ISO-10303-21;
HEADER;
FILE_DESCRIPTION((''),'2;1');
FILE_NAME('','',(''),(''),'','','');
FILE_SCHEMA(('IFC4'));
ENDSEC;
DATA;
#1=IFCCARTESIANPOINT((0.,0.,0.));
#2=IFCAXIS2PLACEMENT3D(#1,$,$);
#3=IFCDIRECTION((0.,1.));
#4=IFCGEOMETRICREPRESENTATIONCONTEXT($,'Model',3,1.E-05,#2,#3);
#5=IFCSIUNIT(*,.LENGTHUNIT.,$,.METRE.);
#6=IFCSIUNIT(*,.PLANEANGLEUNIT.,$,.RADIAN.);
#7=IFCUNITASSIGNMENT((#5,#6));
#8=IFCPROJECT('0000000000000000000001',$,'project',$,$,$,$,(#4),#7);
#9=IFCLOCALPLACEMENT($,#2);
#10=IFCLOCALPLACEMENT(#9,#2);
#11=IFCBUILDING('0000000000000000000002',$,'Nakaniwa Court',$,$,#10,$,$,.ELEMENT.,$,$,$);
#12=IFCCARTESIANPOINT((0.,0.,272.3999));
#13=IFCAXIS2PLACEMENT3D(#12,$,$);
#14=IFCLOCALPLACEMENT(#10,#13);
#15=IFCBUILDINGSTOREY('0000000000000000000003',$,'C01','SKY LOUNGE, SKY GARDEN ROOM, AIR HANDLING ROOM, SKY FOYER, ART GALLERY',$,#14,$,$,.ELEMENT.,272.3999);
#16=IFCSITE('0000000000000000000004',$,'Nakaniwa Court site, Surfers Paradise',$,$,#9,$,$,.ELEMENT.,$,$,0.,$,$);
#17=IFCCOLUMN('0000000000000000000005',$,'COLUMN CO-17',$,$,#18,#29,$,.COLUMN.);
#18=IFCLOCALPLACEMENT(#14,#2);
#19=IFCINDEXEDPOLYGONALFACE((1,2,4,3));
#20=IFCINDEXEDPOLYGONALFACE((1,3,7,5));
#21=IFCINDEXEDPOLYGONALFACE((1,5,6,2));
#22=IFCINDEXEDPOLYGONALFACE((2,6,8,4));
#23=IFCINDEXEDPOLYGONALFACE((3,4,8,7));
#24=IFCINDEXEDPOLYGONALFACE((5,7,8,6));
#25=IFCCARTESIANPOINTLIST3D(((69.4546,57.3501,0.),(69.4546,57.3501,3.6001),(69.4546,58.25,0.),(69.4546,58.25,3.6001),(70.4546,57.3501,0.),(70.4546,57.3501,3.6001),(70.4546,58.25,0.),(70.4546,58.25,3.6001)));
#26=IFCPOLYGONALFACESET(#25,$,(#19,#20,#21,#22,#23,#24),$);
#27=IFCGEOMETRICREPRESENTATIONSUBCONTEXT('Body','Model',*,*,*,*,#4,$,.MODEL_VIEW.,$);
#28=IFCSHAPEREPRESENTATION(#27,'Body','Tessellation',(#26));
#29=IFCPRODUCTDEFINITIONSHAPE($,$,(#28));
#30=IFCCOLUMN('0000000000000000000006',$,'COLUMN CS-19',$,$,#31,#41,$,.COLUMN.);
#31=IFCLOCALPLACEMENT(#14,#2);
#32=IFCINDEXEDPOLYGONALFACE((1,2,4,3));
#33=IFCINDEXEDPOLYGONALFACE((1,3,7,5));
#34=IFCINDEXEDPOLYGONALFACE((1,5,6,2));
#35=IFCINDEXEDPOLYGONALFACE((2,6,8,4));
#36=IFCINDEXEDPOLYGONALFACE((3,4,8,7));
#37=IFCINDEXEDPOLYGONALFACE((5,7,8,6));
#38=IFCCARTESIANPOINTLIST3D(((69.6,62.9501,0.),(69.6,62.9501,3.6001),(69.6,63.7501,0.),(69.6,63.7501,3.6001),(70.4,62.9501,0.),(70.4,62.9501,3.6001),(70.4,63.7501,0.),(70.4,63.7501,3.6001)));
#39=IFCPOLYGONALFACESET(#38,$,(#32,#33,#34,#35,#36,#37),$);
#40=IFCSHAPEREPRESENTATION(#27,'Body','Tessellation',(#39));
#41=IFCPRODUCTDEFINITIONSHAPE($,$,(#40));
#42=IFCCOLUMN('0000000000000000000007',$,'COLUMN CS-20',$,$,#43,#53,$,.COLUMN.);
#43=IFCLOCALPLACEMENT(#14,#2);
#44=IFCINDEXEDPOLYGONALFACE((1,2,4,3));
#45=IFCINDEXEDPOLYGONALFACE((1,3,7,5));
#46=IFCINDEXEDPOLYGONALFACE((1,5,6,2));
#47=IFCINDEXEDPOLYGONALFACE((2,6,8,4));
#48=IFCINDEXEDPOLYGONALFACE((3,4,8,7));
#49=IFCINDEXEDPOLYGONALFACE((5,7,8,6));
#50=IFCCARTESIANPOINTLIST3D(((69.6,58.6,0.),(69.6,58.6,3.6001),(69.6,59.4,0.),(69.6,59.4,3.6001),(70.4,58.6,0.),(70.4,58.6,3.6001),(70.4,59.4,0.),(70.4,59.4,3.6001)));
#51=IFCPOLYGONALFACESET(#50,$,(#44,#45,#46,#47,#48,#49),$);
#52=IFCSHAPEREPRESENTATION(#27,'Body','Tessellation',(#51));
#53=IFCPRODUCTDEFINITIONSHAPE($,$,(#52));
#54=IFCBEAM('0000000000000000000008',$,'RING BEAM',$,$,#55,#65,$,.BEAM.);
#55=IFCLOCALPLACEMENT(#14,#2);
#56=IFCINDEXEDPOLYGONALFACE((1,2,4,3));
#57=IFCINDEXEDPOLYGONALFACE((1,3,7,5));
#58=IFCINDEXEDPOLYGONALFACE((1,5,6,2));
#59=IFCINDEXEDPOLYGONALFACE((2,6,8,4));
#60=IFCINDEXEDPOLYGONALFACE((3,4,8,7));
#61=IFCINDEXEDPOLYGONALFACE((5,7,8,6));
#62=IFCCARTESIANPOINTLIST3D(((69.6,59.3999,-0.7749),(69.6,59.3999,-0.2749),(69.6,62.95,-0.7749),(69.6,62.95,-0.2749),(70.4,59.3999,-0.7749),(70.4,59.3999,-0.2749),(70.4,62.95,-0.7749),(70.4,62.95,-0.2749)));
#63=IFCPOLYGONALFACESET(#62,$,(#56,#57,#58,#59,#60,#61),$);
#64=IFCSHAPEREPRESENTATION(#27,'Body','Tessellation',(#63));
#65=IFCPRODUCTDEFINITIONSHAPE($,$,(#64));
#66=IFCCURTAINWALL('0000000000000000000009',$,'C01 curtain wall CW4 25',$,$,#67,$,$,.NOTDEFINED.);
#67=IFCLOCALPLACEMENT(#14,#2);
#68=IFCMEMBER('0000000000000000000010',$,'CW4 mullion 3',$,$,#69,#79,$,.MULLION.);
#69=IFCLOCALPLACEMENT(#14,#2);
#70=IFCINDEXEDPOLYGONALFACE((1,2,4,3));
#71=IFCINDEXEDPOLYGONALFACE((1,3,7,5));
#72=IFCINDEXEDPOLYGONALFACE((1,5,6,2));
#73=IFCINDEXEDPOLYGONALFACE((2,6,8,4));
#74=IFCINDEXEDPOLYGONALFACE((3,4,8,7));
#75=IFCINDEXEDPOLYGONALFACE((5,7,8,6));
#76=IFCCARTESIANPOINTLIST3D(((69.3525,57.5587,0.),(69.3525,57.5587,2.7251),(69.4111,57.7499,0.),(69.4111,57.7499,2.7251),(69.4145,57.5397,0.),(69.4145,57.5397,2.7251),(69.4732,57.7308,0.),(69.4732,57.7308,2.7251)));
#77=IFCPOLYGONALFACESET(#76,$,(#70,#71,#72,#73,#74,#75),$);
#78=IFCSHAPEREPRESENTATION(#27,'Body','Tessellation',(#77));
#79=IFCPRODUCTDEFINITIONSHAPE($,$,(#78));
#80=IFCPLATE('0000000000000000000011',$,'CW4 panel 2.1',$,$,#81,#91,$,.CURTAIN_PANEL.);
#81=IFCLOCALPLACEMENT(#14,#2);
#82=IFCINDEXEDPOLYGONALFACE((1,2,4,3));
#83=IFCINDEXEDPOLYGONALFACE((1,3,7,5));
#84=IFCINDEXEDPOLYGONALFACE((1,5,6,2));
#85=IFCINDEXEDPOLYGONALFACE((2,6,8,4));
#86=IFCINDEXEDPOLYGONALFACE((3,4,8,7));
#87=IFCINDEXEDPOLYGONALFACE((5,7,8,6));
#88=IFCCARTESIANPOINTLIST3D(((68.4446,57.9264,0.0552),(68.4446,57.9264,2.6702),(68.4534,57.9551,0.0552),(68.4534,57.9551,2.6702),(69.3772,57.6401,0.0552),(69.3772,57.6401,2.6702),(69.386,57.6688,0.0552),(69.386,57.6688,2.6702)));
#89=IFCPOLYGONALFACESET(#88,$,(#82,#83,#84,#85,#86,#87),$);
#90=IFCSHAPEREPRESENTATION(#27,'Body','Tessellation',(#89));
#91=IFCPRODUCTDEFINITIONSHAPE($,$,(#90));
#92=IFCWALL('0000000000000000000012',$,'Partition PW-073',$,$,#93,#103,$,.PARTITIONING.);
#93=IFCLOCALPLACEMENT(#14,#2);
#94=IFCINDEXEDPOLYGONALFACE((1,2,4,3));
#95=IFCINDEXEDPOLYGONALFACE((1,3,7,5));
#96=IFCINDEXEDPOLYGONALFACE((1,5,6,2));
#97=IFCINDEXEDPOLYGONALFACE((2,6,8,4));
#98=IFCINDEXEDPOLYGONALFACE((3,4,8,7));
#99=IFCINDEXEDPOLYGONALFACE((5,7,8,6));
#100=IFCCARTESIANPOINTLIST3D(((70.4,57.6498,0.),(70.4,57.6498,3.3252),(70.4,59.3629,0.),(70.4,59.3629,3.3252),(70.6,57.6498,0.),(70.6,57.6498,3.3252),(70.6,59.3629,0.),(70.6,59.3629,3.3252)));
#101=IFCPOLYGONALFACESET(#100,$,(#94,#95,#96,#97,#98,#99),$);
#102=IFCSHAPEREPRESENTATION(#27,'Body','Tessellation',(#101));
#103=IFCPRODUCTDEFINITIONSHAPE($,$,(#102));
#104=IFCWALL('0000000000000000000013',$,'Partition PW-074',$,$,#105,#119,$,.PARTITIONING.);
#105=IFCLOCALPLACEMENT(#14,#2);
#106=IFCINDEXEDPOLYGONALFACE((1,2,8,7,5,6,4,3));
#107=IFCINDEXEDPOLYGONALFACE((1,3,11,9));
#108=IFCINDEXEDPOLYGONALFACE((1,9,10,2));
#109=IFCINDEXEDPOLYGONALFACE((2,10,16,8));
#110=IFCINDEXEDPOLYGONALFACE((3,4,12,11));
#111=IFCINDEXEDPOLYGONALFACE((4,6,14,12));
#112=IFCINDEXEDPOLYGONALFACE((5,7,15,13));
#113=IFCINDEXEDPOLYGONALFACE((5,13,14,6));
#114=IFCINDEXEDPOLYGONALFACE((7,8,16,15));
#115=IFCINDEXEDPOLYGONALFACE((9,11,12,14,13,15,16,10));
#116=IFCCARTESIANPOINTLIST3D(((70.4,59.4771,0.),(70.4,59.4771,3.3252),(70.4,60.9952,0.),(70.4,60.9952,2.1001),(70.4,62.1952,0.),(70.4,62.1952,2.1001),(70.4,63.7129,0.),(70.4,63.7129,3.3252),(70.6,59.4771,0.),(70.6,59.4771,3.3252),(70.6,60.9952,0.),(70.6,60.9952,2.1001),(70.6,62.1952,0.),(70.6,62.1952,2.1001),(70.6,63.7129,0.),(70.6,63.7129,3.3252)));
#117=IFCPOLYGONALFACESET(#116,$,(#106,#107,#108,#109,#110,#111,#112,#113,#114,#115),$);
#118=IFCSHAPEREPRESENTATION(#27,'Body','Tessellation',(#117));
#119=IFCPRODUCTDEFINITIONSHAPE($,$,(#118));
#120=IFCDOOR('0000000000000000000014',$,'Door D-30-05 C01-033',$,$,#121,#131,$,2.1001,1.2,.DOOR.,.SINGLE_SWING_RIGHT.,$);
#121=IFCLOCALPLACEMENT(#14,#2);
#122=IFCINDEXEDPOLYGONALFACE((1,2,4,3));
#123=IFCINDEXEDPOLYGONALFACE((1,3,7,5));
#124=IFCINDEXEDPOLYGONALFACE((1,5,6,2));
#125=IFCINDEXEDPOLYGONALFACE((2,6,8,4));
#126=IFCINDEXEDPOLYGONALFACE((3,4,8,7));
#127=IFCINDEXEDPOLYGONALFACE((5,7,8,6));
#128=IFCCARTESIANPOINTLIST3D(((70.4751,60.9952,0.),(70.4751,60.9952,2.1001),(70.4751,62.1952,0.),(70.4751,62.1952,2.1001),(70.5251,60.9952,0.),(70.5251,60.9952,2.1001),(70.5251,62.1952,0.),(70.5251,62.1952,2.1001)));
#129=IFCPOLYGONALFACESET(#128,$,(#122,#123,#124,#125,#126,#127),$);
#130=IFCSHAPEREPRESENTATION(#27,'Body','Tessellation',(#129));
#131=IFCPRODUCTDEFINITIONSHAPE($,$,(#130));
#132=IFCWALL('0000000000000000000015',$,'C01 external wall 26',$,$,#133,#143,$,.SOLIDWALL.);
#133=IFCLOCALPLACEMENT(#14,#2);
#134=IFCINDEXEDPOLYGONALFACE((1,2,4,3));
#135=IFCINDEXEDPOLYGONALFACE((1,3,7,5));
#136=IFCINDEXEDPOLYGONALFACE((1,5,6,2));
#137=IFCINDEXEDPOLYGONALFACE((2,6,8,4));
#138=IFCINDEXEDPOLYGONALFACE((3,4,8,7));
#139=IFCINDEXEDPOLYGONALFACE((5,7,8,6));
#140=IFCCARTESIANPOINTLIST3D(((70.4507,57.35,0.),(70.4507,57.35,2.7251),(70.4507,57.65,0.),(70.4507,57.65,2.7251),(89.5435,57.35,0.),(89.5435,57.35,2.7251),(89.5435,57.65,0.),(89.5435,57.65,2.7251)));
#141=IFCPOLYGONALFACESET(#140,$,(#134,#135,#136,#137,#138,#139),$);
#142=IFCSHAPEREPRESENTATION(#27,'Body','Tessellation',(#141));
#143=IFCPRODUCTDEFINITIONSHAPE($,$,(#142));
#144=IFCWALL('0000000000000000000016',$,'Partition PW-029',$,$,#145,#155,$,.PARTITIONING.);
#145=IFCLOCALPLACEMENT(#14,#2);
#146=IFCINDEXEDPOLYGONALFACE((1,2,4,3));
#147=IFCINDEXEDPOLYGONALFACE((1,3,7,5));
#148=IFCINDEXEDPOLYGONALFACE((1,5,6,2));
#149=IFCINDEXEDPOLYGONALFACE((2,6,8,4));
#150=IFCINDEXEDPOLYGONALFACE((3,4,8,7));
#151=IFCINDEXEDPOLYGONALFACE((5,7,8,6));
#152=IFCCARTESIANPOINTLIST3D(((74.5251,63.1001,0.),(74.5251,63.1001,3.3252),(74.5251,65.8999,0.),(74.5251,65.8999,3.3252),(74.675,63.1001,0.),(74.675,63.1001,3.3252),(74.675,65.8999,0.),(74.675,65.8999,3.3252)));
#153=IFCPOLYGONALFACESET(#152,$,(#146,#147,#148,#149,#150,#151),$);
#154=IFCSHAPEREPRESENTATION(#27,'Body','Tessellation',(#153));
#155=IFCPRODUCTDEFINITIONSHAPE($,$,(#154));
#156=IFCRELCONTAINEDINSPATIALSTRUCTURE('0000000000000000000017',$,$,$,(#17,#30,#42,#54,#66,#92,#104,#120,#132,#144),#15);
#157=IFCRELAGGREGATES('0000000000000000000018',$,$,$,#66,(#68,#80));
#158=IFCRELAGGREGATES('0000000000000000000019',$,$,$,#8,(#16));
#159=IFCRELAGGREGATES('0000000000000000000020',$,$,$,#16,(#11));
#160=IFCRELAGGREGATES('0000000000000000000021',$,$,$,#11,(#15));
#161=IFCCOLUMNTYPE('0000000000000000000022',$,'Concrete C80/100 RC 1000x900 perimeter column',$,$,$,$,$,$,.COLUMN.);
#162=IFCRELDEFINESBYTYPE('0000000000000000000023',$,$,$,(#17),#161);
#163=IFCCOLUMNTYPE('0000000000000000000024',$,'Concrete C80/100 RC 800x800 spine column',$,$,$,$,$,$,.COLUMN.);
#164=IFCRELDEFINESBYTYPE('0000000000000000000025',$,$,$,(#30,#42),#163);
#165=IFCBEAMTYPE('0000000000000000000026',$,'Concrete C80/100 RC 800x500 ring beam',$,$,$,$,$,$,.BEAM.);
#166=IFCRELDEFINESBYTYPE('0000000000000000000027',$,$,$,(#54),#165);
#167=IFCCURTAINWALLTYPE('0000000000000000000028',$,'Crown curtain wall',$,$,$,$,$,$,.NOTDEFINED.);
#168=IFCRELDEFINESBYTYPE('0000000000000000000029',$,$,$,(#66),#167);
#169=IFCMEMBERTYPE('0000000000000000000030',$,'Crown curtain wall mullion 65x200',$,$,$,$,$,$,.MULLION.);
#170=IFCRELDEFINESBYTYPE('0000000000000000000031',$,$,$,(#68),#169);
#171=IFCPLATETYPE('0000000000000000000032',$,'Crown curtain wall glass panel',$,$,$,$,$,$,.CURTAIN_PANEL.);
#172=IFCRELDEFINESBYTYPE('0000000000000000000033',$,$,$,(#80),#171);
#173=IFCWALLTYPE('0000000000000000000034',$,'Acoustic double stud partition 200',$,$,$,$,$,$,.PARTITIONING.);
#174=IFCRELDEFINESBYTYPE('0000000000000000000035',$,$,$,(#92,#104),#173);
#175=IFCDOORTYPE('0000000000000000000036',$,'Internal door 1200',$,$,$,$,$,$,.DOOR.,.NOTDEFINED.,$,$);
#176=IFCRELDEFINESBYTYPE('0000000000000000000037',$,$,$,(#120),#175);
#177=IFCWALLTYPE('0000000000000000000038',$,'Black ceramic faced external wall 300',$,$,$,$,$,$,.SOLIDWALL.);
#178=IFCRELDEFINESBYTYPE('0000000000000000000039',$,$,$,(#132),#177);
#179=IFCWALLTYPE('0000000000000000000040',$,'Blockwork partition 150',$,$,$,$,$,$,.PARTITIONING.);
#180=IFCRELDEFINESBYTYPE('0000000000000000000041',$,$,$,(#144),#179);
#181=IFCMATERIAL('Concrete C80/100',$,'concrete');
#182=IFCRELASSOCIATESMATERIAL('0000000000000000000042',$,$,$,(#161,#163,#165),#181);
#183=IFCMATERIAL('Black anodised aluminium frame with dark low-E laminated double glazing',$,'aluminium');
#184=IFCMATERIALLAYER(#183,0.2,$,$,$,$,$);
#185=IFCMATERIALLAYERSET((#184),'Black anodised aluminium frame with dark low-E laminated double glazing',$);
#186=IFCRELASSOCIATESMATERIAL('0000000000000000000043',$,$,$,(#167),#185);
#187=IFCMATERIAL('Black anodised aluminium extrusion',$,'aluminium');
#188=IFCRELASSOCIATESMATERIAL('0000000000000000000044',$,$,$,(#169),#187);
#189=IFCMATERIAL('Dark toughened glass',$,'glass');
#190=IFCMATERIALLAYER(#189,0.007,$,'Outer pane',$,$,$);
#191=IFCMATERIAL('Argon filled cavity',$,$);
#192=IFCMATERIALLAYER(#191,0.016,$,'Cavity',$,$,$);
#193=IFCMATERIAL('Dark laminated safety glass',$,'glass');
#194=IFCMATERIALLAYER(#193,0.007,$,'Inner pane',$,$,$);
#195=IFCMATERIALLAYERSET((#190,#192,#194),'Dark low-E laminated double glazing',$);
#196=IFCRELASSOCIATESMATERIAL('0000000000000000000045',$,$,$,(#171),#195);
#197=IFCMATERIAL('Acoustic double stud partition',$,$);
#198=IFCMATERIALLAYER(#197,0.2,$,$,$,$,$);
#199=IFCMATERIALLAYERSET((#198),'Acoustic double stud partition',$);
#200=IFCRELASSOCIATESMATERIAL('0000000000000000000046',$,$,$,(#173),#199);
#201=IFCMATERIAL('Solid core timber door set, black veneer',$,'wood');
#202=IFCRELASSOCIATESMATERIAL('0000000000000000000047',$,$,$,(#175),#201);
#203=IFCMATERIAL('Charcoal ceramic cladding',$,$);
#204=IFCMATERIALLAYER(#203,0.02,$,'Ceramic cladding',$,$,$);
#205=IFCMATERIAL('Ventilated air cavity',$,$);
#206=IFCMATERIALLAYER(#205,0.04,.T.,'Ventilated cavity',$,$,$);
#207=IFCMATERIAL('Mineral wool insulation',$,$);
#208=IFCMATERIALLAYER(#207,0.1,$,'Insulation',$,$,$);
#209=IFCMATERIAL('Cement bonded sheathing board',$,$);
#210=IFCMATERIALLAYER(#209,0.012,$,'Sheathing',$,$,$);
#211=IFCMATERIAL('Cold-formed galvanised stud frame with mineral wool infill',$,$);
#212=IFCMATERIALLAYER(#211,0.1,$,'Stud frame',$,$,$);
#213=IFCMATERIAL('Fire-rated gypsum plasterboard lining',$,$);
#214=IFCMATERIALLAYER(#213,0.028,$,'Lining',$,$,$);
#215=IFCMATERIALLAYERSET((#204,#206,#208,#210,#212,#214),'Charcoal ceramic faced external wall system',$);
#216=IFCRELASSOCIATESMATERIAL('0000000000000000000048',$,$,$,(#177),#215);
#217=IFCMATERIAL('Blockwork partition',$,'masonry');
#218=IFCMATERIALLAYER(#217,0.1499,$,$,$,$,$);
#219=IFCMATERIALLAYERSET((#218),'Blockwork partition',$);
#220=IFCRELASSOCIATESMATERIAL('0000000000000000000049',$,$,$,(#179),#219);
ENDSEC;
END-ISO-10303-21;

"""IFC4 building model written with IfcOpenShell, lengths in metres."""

from ifc_helpers import new_model, si_unit, direction, frame, frame_2d, origin, origin_2d, place, context, subcontext, project, spatial, rectangle, extrude, material, layer, layer_set, material_profile, profile_set, type_object, element, fill, aggregate, save


model = new_model("IFC4")

# Units and contexts
model_context = context("Model", 3, precision=1e-05, world=origin(), true_north=direction((0.0, 1.0)))
body_context = subcontext(model_context, "Body", "Model", "MODEL_VIEW")
ifc_project = project(units=[si_unit("LENGTHUNIT", "METRE"), si_unit("PLANEANGLEUNIT", "RADIAN")], contexts=[model_context])

# Site, building, storey
site_placement = place(None, origin())
site = spatial("IfcSite", under=ifc_project, at=site_placement, Name="Nakaniwa Court site, Surfers Paradise", CompositionType="ELEMENT", RefElevation=0.0)
building_placement = place(site_placement, origin())
building = spatial("IfcBuilding", under=site, at=building_placement, Name="Nakaniwa Court", CompositionType="ELEMENT")
storey_placement = place(building_placement, frame((0.0, 0.0, 272.3999)))
storey = spatial("IfcBuildingStorey", under=building, at=storey_placement, Name="C01", Description="SKY LOUNGE, SKY GARDEN ROOM, AIR HANDLING ROOM, SKY FOYER, ART GALLERY", CompositionType="ELEMENT", Elevation=272.3999)

# Columns
ifc_material_1 = material(Name="Concrete C80/100", Category="concrete")
ifc_material_profile_1 = material_profile(ifc_material_1, rectangle(XDim=1.0, YDim=0.8999, at=origin_2d()), Name="Concrete C80/100 RC 1000x900 perimeter column")
ifc_profile_set_1 = profile_set([ifc_material_profile_1], Name="Concrete C80/100")
column_type_1 = type_object("IfcColumnType", Name="Concrete C80/100 RC 1000x900 perimeter column", PredefinedType="COLUMN", material=ifc_profile_set_1)
column_placement = place(storey_placement, frame((69.9546, 57.8, 0.0), z_axis=(0.0, 0.0, 1.0), x_axis=(1.0, 0.0, 0.0)))
element("IfcColumn", 1, at=column_placement, inside=storey, type_object=column_type_1, Name="COLUMN CO-17", PredefinedType="COLUMN", context=body_context, shape_type="SweptSolid", body=[
    extrude(rectangle(XDim=1.0, YDim=0.8999, at=origin_2d()), origin(), (0.0, 0.0, 1.0), 3.6001),
])
ifc_material_profile_2 = material_profile(ifc_material_1, rectangle(XDim=0.8, YDim=0.8, at=origin_2d()), Name="Concrete C80/100 RC 800x800 spine column")
ifc_profile_set_2 = profile_set([ifc_material_profile_2], Name="Concrete C80/100")
column_type_2 = type_object("IfcColumnType", Name="Concrete C80/100 RC 800x800 spine column", PredefinedType="COLUMN", material=ifc_profile_set_2)
for number, where, z_axis, x_axis, name in (
    (2, (70.0, 63.3501, 0.0), (0.0, 0.0, 1.0), (0.0, -1.0, 0.0), "COLUMN CS-19"),
    (3, (70.0, 59.0, 0.0), (0.0, 0.0, 1.0), (0.0, -1.0, 0.0), "COLUMN CS-20"),
):
    element("IfcColumn", number, at=place(storey_placement, frame(where, z_axis=z_axis, x_axis=x_axis)), inside=storey, type_object=column_type_2, Name=name, PredefinedType="COLUMN", context=body_context, shape_type="SweptSolid", body=[
        extrude(rectangle(XDim=0.8, YDim=0.8, at=origin_2d()), origin(), (0.0, 0.0, 1.0), 3.6001),
    ])

# Beam
ifc_material_profile_3 = material_profile(ifc_material_1, rectangle(XDim=0.8, YDim=0.5, at=origin_2d()), Name="Concrete C80/100 RC 800x500 ring beam")
ifc_profile_set_3 = profile_set([ifc_material_profile_3], Name="Concrete C80/100")
beam_type = type_object("IfcBeamType", Name="Concrete C80/100 RC 800x500 ring beam", PredefinedType="BEAM", material=ifc_profile_set_3)
beam_placement = place(storey_placement, frame((70.0, 62.95, -0.5249), z_axis=(0.0, -1.0, 0.0), x_axis=(1.0, 0.0, 0.0)))
element("IfcBeam", 4, at=beam_placement, inside=storey, type_object=beam_type, Name="RING BEAM", PredefinedType="BEAM", context=body_context, shape_type="SweptSolid", body=[
    extrude(rectangle(XDim=0.8, YDim=0.5, at=origin_2d()), origin(), (0.0, 0.0, 1.0), 3.55),
])

# Curtain wall, member, plate
ifc_material_2 = material(Name="Black anodised aluminium frame with dark low-E laminated double glazing", Category="aluminium")
ifc_layer_1 = layer(ifc_material_2, 0.2)
ifc_layer_set_1 = layer_set([ifc_layer_1], Name="Black anodised aluminium frame with dark low-E laminated double glazing")
curtain_wall_type = type_object("IfcCurtainWallType", Name="Crown curtain wall", PredefinedType="NOTDEFINED", material=ifc_layer_set_1)
curtain_wall_placement = place(storey_placement, origin())
curtain_wall = element("IfcCurtainWall", 5, at=curtain_wall_placement, inside=storey, type_object=curtain_wall_type, Name="C01 curtain wall CW4 25", PredefinedType="NOTDEFINED")
ifc_material_3 = material(Name="Black anodised aluminium extrusion", Category="aluminium")
ifc_material_profile_4 = material_profile(ifc_material_3, rectangle(XDim=0.2, YDim=0.0649, at=origin_2d()), Name="Crown curtain wall mullion 65x200")
ifc_profile_set_4 = profile_set([ifc_material_profile_4], Name="Black anodised aluminium extrusion")
member_type = type_object("IfcMemberType", Name="Crown curtain wall mullion 65x200", PredefinedType="MULLION", material=ifc_profile_set_4)
member_placement = place(storey_placement, frame((69.4128, 57.6448, 0.0), z_axis=(0.0, 0.0, 1.0), x_axis=(0.293506, 0.955957, 0.0)))
member = element("IfcMember", 6, at=member_placement, type_object=member_type, Name="CW4 mullion 3", PredefinedType="MULLION", context=body_context, shape_type="SweptSolid", body=[
    extrude(rectangle(XDim=0.2, YDim=0.0649, at=origin_2d()), origin(), (0.0, 0.0, 1.0), 2.7251),
])
ifc_material_4 = material(Name="Dark toughened glass", Category="glass")
ifc_layer_2 = layer(ifc_material_4, 0.007, Name="Outer pane")
ifc_material_5 = material(Name="Argon filled cavity")
ifc_layer_3 = layer(ifc_material_5, 0.016, Name="Cavity")
ifc_material_6 = material(Name="Dark laminated safety glass", Category="glass")
ifc_layer_4 = layer(ifc_material_6, 0.007, Name="Inner pane")
ifc_layer_set_2 = layer_set([ifc_layer_2, ifc_layer_3, ifc_layer_4], Name="Dark low-E laminated double glazing")
plate_type = type_object("IfcPlateType", Name="Crown curtain wall glass panel", PredefinedType="CURTAIN_PANEL", material=ifc_layer_set_2)
plate_placement = place(storey_placement, frame((68.9153, 57.7976, 0.0552), z_axis=(0.0, 0.0, 1.0), x_axis=(0.955957, -0.293506, 0.0)))
plate = element("IfcPlate", 7, at=plate_placement, type_object=plate_type, Name="CW4 panel 2.1", PredefinedType="CURTAIN_PANEL", context=body_context, shape_type="SweptSolid", body=[
    extrude(rectangle(XDim=0.9756, YDim=0.03, at=origin_2d()), origin(), (0.0, 0.0, 1.0), 2.615),
])
aggregate(curtain_wall, [member, plate])

# Wall
ifc_material_7 = material(Name="Acoustic double stud partition")
ifc_layer_5 = layer(ifc_material_7, 0.2)
ifc_layer_set_3 = layer_set([ifc_layer_5], Name="Acoustic double stud partition")
wall_type_1 = type_object("IfcWallType", Name="Acoustic double stud partition 200", PredefinedType="PARTITIONING", material=ifc_layer_set_3)
wall_1_placement = place(storey_placement, frame((70.5, 57.6499, 0.0), z_axis=(0.0, 0.0, 1.0), x_axis=(0.0, 1.0, 0.0)))
element("IfcWall", 8, at=wall_1_placement, inside=storey, type_object=wall_type_1, Name="Partition PW-073", PredefinedType="PARTITIONING", context=body_context, shape_type="SweptSolid", body=[
    extrude(rectangle(XDim=1.7131, YDim=0.2, at=frame_2d((0.8564, 0.0))), origin(), (0.0, 0.0, 1.0), 3.3252),
])

# Wall, opening, door
wall_2_placement = place(storey_placement, frame((70.5, 59.4771, 0.0), z_axis=(0.0, 0.0, 1.0), x_axis=(0.0, 1.0, 0.0)))
wall_2 = element("IfcWall", 9, at=wall_2_placement, inside=storey, type_object=wall_type_1, Name="Partition PW-074", PredefinedType="PARTITIONING", context=body_context, shape_type="SweptSolid", body=[
    extrude(rectangle(XDim=4.2358, YDim=0.2, at=frame_2d((2.1179, 0.0))), origin(), (0.0, 0.0, 1.0), 3.3252),
])
opening_1_placement = place(wall_2_placement, frame((1.5181, 0.0, 0.0)))
opening_1 = element("IfcOpeningElement", 10, at=opening_1_placement, cuts=wall_2, PredefinedType="OPENING", context=body_context, shape_type="SweptSolid", body=[
    extrude(rectangle(XDim=1.2, YDim=2.1001, at=frame_2d((0.6001, 1.05))), frame((0.0, 0.1099, 0.0), z_axis=(0.0, -1.0, 0.0), x_axis=(1.0, 0.0, 0.0)), (0.0, 0.0, 1.0), 0.22),
])
ifc_material_8 = material(Name="Solid core timber door set, black veneer", Category="wood")
door_type_1 = type_object("IfcDoorType", Name="Internal door 1200", OperationType="NOTDEFINED", PredefinedType="DOOR", material=ifc_material_8)
door_1_placement = place(opening_1_placement, origin())
door_1 = element("IfcDoor", 11, at=door_1_placement, inside=storey, type_object=door_type_1, Name="Door D-30-05 C01-033", OperationType="SINGLE_SWING_RIGHT", OverallHeight=2.1001, OverallWidth=1.2, PredefinedType="DOOR", context=body_context, shape_type="SweptSolid", body=[
    extrude(rectangle(XDim=1.2, YDim=2.1001, at=frame_2d((0.6001, 1.05))), frame((0.0, 0.0249, 0.0), z_axis=(0.0, -1.0, 0.0), x_axis=(1.0, 0.0, 0.0)), (0.0, 0.0, 1.0), 0.05),
])
fill(opening_1, door_1)

# Walls
ifc_material_9 = material(Name="Charcoal ceramic cladding")
ifc_layer_6 = layer(ifc_material_9, 0.02, Name="Ceramic cladding")
ifc_material_10 = material(Name="Ventilated air cavity")
ifc_layer_7 = layer(ifc_material_10, 0.04, ventilated=True, Name="Ventilated cavity")
ifc_material_11 = material(Name="Mineral wool insulation")
ifc_layer_8 = layer(ifc_material_11, 0.1, Name="Insulation")
ifc_material_12 = material(Name="Cement bonded sheathing board")
ifc_layer_9 = layer(ifc_material_12, 0.012, Name="Sheathing")
ifc_material_13 = material(Name="Cold-formed galvanised stud frame with mineral wool infill")
ifc_layer_10 = layer(ifc_material_13, 0.1, Name="Stud frame")
ifc_material_14 = material(Name="Fire-rated gypsum plasterboard lining")
ifc_layer_11 = layer(ifc_material_14, 0.028, Name="Lining")
ifc_layer_set_4 = layer_set([ifc_layer_6, ifc_layer_7, ifc_layer_8, ifc_layer_9, ifc_layer_10, ifc_layer_11], Name="Charcoal ceramic faced external wall system")
wall_type_2 = type_object("IfcWallType", Name="Black ceramic faced external wall 300", PredefinedType="SOLIDWALL", material=ifc_layer_set_4)
wall_3_placement = place(storey_placement, frame((70.4507, 57.5, 0.0), z_axis=(0.0, 0.0, 1.0), x_axis=(1.0, 0.0, 0.0)))
element("IfcWall", 12, at=wall_3_placement, inside=storey, type_object=wall_type_2, Name="C01 external wall 26", PredefinedType="SOLIDWALL", context=body_context, shape_type="SweptSolid", body=[
    extrude(rectangle(XDim=19.0928, YDim=0.3, at=frame_2d((9.5464, 0.0))), origin(), (0.0, 0.0, 1.0), 2.7251),
])
ifc_material_15 = material(Name="Blockwork partition", Category="masonry")
ifc_layer_12 = layer(ifc_material_15, 0.1499)
ifc_layer_set_5 = layer_set([ifc_layer_12], Name="Blockwork partition")
wall_type_3 = type_object("IfcWallType", Name="Blockwork partition 150", PredefinedType="PARTITIONING", material=ifc_layer_set_5)
wall_4_placement = place(storey_placement, frame((74.6001, 63.1001, 0.0), z_axis=(0.0, 0.0, 1.0), x_axis=(0.0, 1.0, 0.0)))
element("IfcWall", 13, at=wall_4_placement, inside=storey, type_object=wall_type_3, Name="Partition PW-029", PredefinedType="PARTITIONING", context=body_context, shape_type="SweptSolid", body=[
    extrude(rectangle(XDim=2.7998, YDim=0.1499, at=frame_2d((1.3999, 0.0))), origin(), (0.0, 0.0, 1.0), 3.3252),
])

save(model, "model.ifc")
